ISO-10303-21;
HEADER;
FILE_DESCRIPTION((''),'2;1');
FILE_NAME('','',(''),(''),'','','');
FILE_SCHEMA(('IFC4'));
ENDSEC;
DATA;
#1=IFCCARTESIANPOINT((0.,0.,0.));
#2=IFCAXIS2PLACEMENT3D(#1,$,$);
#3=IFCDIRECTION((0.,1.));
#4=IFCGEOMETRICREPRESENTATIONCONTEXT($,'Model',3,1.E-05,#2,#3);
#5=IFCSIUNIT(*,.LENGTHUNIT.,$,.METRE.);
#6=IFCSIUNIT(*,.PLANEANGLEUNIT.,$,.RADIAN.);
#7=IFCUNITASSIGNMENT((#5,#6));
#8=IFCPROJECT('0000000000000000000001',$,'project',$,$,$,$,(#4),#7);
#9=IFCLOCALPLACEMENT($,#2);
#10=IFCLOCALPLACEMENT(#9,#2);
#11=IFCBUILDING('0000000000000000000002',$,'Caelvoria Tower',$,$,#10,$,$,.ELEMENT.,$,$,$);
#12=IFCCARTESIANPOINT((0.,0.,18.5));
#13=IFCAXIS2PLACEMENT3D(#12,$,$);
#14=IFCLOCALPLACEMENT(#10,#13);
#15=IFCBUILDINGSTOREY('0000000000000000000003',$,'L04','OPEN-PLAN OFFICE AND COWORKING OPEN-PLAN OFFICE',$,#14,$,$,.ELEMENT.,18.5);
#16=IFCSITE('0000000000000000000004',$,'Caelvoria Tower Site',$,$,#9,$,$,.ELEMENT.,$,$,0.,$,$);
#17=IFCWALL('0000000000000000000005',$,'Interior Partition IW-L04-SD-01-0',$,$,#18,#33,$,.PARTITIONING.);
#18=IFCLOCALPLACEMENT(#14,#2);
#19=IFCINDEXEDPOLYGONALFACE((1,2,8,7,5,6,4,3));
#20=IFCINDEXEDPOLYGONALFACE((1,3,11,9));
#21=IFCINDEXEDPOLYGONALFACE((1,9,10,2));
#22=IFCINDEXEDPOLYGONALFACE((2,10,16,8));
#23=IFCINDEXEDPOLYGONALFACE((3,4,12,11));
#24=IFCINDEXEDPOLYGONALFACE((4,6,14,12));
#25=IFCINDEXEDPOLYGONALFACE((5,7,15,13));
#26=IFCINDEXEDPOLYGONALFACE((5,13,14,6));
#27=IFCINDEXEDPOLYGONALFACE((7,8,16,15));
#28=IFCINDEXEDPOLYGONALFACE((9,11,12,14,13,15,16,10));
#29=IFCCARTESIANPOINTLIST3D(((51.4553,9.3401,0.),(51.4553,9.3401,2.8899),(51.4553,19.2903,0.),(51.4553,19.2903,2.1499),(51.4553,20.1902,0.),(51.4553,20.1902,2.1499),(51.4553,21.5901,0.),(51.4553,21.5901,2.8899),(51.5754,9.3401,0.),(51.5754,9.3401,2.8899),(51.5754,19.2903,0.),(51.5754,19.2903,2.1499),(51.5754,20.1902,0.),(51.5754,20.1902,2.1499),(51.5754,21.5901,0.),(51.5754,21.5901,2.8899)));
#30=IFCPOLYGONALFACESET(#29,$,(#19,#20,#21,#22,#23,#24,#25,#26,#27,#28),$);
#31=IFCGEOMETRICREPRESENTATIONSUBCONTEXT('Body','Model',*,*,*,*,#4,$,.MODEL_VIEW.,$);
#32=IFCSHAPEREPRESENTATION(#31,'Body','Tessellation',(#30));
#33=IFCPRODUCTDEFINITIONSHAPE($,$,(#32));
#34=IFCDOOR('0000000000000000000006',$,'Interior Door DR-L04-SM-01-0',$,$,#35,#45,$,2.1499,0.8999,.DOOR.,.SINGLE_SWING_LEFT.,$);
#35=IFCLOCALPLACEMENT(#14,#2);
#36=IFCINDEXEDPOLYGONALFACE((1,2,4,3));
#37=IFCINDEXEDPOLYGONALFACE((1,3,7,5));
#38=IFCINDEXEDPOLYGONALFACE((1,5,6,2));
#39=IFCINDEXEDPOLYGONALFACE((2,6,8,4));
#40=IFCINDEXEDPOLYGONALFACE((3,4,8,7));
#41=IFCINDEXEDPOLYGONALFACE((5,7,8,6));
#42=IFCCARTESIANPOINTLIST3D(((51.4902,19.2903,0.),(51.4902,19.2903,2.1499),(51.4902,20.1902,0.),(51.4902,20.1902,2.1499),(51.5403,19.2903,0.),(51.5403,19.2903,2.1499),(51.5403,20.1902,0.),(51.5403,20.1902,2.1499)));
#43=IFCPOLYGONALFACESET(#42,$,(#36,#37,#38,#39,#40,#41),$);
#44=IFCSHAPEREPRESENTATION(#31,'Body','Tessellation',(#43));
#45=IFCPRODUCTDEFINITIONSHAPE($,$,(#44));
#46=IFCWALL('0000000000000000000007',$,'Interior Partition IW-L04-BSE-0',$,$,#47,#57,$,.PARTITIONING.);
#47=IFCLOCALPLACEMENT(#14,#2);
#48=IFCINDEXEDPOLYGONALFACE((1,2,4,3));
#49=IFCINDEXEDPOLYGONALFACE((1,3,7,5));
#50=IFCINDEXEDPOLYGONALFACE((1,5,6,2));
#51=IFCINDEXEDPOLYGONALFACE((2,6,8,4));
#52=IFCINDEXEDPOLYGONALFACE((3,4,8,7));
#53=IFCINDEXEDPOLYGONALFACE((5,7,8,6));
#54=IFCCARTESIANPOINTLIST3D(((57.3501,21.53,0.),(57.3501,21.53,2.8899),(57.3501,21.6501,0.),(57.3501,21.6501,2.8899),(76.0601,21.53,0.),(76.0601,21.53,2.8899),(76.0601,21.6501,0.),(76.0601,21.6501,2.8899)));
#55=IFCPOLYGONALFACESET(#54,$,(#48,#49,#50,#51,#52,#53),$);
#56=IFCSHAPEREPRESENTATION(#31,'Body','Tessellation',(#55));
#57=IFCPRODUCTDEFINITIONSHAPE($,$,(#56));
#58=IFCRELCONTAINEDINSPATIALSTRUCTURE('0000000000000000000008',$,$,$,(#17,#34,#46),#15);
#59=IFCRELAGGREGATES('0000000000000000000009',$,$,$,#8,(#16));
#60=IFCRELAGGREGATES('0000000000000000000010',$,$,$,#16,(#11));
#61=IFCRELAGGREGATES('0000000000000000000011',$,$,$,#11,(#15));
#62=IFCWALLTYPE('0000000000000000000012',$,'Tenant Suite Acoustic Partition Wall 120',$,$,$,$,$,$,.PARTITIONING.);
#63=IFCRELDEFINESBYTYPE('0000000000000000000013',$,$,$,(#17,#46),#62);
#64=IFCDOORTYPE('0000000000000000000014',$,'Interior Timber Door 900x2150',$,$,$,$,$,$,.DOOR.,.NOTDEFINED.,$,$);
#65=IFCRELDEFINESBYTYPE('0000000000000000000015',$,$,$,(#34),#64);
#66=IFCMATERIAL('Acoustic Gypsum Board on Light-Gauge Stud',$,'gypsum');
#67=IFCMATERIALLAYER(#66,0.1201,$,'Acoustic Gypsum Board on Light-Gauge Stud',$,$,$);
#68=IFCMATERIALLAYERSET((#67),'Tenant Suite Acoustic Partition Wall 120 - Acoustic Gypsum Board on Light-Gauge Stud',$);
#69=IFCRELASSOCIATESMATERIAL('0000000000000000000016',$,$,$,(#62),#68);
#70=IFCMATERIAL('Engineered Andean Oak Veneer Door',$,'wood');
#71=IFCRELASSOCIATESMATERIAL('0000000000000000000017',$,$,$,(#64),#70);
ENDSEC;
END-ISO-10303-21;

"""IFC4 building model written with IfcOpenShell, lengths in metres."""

from ifc_helpers import new_model, si_unit, direction, frame, frame_2d, origin, place, context, subcontext, project, spatial, rectangle, extrude, material, layer, layer_set, type_object, element, fill, save


model = new_model("IFC4")

# Units and contexts
model_context = context("Model", 3, precision=1e-05, world=origin(), true_north=direction((0.0, 1.0)))
body_context = subcontext(model_context, "Body", "Model", "MODEL_VIEW")
ifc_project = project(units=[si_unit("LENGTHUNIT", "METRE"), si_unit("PLANEANGLEUNIT", "RADIAN")], contexts=[model_context])

# Site, building, storey
site_placement = place(None, origin())
site = spatial("IfcSite", under=ifc_project, at=site_placement, Name="Caelvoria Tower Site", CompositionType="ELEMENT", RefElevation=0.0)
building_placement = place(site_placement, origin())
building = spatial("IfcBuilding", under=site, at=building_placement, Name="Caelvoria Tower", CompositionType="ELEMENT")
storey_placement = place(building_placement, frame((0.0, 0.0, 18.5)))
storey = spatial("IfcBuildingStorey", under=building, at=storey_placement, Name="L04", Description="OPEN-PLAN OFFICE AND COWORKING OPEN-PLAN OFFICE", CompositionType="ELEMENT", Elevation=18.5)

# Shared definitions
ifc_material_1 = material(Name="Engineered Andean Oak Veneer Door", Category="wood")

# Wall, opening, door
ifc_material_2 = material(Name="Acoustic Gypsum Board on Light-Gauge Stud", Category="gypsum")
ifc_layer_1 = layer(ifc_material_2, 0.1201, Name="Acoustic Gypsum Board on Light-Gauge Stud")
ifc_layer_set_1 = layer_set([ifc_layer_1], Name="Tenant Suite Acoustic Partition Wall 120 - Acoustic Gypsum Board on Light-Gauge Stud")
wall_type_1 = type_object("IfcWallType", Name="Tenant Suite Acoustic Partition Wall 120", PredefinedType="PARTITIONING", material=ifc_layer_set_1)
wall_1_placement = place(storey_placement, frame((51.5154, 21.5901, 0.0), z_axis=(0.0, 0.0, 1.0), x_axis=(0.0, -1.0, 0.0)))
wall_1 = element("IfcWall", 1, at=wall_1_placement, inside=storey, type_object=wall_type_1, Name="Interior Partition IW-L04-SD-01-0", PredefinedType="PARTITIONING", context=body_context, shape_type="SweptSolid", body=[
    extrude(rectangle(XDim=12.25, YDim=0.1201, at=frame_2d((6.125, 0.0))), origin(), (0.0, 0.0, 1.0), 2.8899),
])
opening_1_placement = place(wall_1_placement, frame((1.3999, 0.0, 0.0)))
opening_1 = element("IfcOpeningElement", 2, at=opening_1_placement, cuts=wall_1, PredefinedType="OPENING", context=body_context, shape_type="SweptSolid", body=[
    extrude(rectangle(XDim=0.8999, YDim=2.1499, at=frame_2d((0.45, 1.075))), frame((0.0, 0.0701, 0.0), z_axis=(0.0, -1.0, 0.0), x_axis=(1.0, 0.0, 0.0)), (0.0, 0.0, 1.0), 0.1401),
])
door_type_1 = type_object("IfcDoorType", Name="Interior Timber Door 900x2150", OperationType="NOTDEFINED", PredefinedType="DOOR", material=ifc_material_1)
door_1_placement = place(opening_1_placement, origin())
door_1 = element("IfcDoor", 3, at=door_1_placement, inside=storey, type_object=door_type_1, Name="Interior Door DR-L04-SM-01-0", OperationType="SINGLE_SWING_LEFT", OverallHeight=2.1499, OverallWidth=0.8999, PredefinedType="DOOR", context=body_context, shape_type="SweptSolid", body=[
    extrude(rectangle(XDim=0.8999, YDim=2.1499, at=frame_2d((0.45, 1.075))), frame((0.0, 0.0249, 0.0), z_axis=(0.0, -1.0, 0.0), x_axis=(1.0, 0.0, 0.0)), (0.0, 0.0, 1.0), 0.05),
])
fill(opening_1, door_1)

# Wall
wall_2_placement = place(storey_placement, frame((57.3501, 21.5901, 0.0), z_axis=(0.0, 0.0, 1.0), x_axis=(1.0, 0.0, 0.0)))
element("IfcWall", 4, at=wall_2_placement, inside=storey, type_object=wall_type_1, Name="Interior Partition IW-L04-BSE-0", PredefinedType="PARTITIONING", context=body_context, shape_type="SweptSolid", body=[
    extrude(rectangle(XDim=18.71, YDim=0.1201, at=frame_2d((9.355, 0.0))), origin(), (0.0, 0.0, 1.0), 2.8899),
])

save(model, "model.ifc")
